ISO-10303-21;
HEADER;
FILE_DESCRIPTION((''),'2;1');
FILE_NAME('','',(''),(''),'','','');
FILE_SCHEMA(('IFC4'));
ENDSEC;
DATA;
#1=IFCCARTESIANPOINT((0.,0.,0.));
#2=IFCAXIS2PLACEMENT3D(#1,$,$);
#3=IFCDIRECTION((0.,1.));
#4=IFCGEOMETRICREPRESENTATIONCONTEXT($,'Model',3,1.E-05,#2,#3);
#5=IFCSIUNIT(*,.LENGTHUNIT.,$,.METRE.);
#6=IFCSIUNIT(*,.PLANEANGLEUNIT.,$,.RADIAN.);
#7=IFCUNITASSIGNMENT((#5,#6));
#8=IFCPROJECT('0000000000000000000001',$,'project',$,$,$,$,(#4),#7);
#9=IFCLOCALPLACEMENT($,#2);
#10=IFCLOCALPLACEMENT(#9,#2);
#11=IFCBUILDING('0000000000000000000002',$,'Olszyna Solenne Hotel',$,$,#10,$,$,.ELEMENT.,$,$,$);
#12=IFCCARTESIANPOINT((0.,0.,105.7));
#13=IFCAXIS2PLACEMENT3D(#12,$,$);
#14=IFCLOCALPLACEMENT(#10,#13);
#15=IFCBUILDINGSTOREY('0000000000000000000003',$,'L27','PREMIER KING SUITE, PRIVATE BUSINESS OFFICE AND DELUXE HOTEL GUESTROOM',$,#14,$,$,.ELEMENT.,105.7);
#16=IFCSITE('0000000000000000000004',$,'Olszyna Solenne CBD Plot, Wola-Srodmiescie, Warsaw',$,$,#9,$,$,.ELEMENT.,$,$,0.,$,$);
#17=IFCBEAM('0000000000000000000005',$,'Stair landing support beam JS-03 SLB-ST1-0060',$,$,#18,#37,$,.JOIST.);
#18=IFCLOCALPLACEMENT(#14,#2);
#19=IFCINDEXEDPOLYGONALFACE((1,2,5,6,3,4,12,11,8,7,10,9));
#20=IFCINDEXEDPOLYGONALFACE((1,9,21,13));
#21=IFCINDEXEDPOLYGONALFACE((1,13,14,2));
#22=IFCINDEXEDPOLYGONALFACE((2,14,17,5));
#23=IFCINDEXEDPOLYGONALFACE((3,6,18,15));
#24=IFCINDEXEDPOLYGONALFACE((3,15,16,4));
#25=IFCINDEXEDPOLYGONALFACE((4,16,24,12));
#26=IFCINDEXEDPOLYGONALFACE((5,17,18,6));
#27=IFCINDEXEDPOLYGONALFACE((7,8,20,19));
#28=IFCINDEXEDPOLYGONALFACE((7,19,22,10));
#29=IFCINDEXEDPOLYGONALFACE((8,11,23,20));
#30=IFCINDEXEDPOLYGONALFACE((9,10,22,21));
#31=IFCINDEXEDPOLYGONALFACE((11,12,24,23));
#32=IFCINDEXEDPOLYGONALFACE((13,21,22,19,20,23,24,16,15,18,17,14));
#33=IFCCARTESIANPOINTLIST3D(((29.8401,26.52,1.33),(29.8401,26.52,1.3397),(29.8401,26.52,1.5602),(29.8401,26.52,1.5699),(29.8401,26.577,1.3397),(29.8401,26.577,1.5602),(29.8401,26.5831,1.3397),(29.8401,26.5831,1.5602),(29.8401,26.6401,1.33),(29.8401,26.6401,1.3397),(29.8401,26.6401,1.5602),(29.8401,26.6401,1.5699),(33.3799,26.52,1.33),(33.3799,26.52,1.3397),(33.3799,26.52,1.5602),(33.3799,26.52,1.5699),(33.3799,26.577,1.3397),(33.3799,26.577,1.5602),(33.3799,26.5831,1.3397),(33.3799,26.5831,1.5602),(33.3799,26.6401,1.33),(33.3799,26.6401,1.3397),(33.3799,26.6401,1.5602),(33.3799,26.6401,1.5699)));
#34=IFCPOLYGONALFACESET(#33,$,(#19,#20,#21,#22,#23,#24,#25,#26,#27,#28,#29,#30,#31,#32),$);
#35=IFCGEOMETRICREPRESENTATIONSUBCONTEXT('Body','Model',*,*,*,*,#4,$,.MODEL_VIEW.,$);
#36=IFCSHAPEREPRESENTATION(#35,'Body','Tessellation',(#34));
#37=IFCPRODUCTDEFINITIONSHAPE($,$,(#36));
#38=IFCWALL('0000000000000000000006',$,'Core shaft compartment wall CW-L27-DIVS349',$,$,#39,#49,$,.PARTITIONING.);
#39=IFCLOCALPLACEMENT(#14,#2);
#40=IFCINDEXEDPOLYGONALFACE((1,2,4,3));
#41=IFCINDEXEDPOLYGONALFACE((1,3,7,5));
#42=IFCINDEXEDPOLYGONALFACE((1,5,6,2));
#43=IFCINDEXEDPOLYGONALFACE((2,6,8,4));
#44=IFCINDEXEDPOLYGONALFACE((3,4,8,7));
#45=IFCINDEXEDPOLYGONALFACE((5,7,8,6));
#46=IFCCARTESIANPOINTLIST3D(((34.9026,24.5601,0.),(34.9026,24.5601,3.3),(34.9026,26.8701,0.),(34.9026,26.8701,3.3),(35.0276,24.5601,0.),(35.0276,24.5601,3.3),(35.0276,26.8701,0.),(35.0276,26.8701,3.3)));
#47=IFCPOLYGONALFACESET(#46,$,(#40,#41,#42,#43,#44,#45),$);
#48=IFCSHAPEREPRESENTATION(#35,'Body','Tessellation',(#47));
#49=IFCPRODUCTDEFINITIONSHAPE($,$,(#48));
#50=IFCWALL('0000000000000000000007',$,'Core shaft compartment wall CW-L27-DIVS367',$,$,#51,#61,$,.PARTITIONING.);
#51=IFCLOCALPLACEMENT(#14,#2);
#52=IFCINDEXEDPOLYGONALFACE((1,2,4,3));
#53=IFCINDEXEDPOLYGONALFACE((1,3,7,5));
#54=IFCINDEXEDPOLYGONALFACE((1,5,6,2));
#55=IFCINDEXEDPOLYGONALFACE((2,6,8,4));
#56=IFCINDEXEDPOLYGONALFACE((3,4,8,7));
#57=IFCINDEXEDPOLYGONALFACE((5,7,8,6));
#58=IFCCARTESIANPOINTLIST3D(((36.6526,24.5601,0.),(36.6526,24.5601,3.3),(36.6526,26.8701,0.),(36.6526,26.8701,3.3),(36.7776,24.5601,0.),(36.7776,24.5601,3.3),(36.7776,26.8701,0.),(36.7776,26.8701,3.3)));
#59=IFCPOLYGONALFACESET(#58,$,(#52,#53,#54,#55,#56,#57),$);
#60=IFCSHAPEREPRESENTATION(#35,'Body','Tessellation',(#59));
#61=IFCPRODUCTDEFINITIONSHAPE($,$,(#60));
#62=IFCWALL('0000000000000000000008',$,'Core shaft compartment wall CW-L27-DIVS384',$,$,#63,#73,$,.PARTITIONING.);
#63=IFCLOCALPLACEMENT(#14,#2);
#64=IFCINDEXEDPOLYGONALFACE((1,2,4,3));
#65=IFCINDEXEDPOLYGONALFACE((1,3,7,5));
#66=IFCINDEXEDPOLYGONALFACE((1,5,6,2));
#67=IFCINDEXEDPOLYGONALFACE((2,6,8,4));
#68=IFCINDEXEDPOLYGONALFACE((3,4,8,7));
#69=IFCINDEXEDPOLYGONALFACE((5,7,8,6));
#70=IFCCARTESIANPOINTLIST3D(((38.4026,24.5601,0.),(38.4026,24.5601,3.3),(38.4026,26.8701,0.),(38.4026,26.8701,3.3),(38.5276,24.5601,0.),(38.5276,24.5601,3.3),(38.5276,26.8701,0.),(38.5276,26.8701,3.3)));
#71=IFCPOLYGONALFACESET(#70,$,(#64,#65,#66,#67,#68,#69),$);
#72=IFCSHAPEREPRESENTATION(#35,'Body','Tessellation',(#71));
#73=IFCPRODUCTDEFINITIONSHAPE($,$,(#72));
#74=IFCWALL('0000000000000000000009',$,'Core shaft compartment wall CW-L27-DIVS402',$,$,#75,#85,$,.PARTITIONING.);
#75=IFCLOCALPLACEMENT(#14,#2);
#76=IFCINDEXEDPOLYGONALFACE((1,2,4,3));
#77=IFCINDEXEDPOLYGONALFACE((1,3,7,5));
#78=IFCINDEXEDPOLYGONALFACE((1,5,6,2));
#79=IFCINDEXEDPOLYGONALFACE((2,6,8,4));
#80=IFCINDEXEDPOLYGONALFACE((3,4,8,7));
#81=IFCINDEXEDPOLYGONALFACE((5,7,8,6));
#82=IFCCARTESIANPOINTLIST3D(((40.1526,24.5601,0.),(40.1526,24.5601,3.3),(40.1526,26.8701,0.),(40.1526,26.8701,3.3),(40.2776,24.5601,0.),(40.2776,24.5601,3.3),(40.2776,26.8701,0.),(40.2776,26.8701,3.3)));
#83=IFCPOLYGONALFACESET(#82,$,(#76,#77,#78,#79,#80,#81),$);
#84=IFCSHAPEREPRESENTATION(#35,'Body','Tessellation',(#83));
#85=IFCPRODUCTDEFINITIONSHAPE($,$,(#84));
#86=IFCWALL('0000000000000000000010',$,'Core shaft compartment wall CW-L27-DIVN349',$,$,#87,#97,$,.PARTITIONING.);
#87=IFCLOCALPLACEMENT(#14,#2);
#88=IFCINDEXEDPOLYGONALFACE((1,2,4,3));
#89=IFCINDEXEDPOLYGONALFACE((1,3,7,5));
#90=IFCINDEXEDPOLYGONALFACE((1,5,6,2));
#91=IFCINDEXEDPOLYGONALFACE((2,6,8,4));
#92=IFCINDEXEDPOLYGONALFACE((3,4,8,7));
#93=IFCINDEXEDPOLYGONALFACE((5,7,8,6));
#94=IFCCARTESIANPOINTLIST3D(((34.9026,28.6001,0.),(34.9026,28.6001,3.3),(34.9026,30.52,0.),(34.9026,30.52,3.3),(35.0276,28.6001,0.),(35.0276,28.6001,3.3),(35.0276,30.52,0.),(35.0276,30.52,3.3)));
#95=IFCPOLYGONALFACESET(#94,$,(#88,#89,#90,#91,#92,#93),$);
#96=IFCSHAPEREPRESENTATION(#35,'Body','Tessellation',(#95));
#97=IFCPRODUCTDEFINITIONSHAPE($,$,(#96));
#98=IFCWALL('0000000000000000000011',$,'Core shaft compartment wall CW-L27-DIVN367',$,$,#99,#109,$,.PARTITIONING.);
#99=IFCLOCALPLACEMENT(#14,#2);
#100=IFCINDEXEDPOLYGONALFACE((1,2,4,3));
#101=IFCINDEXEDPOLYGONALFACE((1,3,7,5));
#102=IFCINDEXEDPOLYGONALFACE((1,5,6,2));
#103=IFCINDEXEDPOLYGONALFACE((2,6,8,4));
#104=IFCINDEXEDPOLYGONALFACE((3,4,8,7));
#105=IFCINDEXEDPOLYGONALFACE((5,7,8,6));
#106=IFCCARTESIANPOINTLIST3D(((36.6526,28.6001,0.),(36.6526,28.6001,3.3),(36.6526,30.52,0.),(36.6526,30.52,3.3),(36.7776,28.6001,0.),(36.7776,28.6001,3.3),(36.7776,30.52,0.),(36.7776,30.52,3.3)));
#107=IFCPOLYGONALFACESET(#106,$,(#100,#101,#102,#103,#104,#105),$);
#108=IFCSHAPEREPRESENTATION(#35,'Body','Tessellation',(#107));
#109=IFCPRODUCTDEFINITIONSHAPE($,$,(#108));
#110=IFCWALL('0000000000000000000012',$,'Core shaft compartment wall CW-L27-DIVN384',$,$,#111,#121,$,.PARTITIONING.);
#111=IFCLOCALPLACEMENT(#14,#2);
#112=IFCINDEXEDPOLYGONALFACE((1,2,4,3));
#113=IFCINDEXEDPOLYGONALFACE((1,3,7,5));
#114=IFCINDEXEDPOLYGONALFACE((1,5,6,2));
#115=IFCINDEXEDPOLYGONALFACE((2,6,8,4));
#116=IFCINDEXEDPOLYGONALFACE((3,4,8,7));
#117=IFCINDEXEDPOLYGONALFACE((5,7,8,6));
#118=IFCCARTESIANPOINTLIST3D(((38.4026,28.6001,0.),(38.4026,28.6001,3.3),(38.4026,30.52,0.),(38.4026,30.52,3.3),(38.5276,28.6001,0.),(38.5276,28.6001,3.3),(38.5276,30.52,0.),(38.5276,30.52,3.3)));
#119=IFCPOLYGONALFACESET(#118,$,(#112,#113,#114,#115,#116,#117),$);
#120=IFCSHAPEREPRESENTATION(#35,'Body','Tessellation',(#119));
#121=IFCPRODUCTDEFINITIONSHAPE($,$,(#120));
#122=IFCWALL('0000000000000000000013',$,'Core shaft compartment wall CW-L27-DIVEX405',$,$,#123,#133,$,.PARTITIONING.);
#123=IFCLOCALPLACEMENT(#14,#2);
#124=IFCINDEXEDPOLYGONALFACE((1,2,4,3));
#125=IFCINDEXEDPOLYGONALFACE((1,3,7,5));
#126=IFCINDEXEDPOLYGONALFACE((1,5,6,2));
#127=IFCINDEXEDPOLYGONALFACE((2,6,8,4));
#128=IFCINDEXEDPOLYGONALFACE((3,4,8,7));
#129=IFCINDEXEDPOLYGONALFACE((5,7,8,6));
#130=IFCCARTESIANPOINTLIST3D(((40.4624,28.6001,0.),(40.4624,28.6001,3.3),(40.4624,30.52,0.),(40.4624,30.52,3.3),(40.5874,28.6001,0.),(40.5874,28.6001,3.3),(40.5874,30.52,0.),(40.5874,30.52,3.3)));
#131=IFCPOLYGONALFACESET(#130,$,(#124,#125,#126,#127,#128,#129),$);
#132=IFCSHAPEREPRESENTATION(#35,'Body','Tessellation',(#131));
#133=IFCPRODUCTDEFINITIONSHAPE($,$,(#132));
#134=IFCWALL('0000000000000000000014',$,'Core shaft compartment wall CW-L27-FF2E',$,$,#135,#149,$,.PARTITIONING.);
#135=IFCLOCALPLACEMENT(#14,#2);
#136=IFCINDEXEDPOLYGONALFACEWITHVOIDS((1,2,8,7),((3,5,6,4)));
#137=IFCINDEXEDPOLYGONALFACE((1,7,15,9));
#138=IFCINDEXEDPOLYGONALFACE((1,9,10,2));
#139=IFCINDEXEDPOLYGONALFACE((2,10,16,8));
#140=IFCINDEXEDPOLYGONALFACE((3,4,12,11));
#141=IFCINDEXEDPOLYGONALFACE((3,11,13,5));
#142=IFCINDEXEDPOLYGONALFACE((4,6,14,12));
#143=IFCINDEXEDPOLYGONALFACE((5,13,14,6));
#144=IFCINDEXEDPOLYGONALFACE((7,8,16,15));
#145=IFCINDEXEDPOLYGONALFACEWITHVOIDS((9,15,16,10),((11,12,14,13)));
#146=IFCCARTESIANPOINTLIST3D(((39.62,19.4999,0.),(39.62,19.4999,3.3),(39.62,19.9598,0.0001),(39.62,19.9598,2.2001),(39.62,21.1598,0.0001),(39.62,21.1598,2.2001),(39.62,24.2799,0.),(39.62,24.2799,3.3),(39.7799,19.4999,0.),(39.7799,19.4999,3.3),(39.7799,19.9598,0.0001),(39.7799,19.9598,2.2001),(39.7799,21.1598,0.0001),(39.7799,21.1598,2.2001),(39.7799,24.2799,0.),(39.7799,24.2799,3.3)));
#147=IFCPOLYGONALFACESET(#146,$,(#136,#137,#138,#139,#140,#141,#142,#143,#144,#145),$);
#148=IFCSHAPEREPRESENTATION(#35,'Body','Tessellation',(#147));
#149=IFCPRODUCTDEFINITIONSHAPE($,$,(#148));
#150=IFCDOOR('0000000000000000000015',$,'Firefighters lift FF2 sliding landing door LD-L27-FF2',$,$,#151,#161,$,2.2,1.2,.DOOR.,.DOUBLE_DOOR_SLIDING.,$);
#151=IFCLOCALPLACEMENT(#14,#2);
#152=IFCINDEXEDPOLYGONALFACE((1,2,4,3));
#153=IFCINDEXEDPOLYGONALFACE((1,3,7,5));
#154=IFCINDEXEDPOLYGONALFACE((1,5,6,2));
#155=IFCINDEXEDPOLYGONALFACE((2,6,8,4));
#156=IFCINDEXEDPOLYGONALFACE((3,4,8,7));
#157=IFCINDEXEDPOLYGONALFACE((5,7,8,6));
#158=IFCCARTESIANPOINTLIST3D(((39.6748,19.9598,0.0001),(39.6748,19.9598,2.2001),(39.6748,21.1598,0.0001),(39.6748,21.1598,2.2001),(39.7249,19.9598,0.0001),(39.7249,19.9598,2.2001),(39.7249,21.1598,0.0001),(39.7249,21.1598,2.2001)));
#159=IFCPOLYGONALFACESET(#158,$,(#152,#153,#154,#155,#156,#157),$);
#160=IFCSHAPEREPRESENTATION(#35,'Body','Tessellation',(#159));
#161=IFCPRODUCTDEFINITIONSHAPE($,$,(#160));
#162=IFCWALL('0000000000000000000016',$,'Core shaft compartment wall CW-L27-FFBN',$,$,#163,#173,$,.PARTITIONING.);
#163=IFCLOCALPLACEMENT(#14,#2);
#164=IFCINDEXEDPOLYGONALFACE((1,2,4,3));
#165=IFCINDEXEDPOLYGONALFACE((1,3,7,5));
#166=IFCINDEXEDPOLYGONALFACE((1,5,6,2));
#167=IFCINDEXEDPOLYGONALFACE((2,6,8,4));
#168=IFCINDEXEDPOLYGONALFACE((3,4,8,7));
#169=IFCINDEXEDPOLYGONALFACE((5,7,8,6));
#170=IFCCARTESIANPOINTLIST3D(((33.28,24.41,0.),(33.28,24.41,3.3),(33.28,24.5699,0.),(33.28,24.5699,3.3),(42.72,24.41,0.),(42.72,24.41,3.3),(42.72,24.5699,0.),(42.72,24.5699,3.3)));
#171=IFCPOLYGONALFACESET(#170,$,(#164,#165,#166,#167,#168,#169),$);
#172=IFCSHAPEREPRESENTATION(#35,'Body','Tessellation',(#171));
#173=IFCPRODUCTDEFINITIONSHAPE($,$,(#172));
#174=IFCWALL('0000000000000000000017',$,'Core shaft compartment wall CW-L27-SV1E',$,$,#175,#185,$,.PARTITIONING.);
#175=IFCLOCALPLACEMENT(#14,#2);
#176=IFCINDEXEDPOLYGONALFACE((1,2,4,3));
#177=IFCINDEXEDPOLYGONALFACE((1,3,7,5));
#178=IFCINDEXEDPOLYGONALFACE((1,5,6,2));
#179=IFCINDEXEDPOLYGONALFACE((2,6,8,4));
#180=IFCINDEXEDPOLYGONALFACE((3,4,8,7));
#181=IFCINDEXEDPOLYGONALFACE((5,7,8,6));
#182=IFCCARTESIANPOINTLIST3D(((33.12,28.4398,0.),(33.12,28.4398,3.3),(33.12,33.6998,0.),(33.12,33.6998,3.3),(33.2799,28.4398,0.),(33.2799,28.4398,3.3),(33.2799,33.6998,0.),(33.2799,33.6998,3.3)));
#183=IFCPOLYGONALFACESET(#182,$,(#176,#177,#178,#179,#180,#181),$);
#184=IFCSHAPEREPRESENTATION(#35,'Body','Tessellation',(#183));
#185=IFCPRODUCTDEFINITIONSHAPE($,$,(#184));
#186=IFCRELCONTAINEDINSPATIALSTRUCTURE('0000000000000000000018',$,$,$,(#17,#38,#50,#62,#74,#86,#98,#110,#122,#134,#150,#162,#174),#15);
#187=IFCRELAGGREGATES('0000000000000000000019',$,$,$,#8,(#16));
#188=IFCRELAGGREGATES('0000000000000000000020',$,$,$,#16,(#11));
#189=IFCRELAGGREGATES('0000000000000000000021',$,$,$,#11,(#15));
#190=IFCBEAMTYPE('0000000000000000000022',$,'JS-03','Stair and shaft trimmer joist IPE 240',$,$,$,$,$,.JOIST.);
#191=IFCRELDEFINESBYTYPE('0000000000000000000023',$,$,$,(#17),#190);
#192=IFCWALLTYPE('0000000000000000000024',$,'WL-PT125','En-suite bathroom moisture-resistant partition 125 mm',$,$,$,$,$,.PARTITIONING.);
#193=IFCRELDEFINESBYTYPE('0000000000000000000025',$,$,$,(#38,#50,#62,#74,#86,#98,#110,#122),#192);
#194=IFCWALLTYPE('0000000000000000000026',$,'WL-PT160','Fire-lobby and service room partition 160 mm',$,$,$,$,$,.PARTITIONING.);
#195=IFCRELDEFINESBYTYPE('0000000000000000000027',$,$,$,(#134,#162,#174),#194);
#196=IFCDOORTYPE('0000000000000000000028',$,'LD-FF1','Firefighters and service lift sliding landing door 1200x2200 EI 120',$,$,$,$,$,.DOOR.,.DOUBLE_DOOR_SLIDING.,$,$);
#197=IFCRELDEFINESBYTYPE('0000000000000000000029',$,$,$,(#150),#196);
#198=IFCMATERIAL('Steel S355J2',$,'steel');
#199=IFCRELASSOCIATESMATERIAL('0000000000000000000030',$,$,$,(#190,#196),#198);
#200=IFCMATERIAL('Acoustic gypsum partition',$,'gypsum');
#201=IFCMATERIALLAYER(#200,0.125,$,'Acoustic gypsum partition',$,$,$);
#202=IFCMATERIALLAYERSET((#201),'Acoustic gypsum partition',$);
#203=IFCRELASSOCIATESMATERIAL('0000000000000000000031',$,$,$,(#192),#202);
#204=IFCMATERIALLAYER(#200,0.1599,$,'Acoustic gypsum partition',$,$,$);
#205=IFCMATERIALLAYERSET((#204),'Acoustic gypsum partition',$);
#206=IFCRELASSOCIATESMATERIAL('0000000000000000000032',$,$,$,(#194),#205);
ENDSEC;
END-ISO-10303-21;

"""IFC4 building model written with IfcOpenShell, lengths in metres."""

from ifc_helpers import new_model, si_unit, direction, frame, frame_2d, origin, origin_2d, place, context, subcontext, project, spatial, rectangle, i_section, extrude, source, transform, mapped, material, layer, layer_set, material_profile, profile_set, type_object, type_shapes, element, fill, save


model = new_model("IFC4")

# Units and contexts
model_context = context("Model", 3, precision=1e-05, world=origin(), true_north=direction((0.0, 1.0)))
body_context = subcontext(model_context, "Body", "Model", "MODEL_VIEW")
ifc_project = project(units=[si_unit("LENGTHUNIT", "METRE"), si_unit("PLANEANGLEUNIT", "RADIAN")], contexts=[model_context])

# Site, building, storey
site_placement = place(None, origin())
site = spatial("IfcSite", under=ifc_project, at=site_placement, Name="Olszyna Solenne CBD Plot, Wola-Srodmiescie, Warsaw", CompositionType="ELEMENT", RefElevation=0.0)
building_placement = place(site_placement, origin())
building = spatial("IfcBuilding", under=site, at=building_placement, Name="Olszyna Solenne Hotel", CompositionType="ELEMENT")
storey_placement = place(building_placement, frame((0.0, 0.0, 105.7)))
storey = spatial("IfcBuildingStorey", under=building, at=storey_placement, Name="L27", Description="PREMIER KING SUITE, PRIVATE BUSINESS OFFICE AND DELUXE HOTEL GUESTROOM", CompositionType="ELEMENT", Elevation=105.7)

# Beam
ifc_material_1 = material(Name="Steel S355J2", Category="steel")
ifc_material_profile = material_profile(ifc_material_1, i_section(OverallWidth=0.1201, OverallDepth=0.24, WebThickness=0.0061, FlangeThickness=0.0098, at=origin_2d()), Name="IPE 240", Category="load-bearing")
ifc_profile_set = profile_set([ifc_material_profile], Name="Steel S355J2")
beam_type = type_object("IfcBeamType", Name="JS-03", Description="Stair and shaft trimmer joist IPE 240", PredefinedType="JOIST", material=ifc_profile_set)
shared_shape_1 = source(origin(), body_context, "Body", "SweptSolid", [
    extrude(i_section(OverallWidth=0.1201, OverallDepth=0.24, WebThickness=0.0061, FlangeThickness=0.0098, at=origin_2d()), origin(), (0.0, 0.0, 1.0), 3.5398),
])
beam_placement = place(storey_placement, frame((33.3799, 26.5801, 1.45), z_axis=(-1.0, 0.0, 0.0), x_axis=(0.0, -1.0, 0.0)))
element("IfcBeam", 1, at=beam_placement, inside=storey, type_object=beam_type, Name="Stair landing support beam JS-03 SLB-ST1-0060", PredefinedType="JOIST", context=body_context, shape_type="MappedRepresentation", body=[
    mapped(shared_shape_1, transform((0.0, 0.0, 0.0), x_axis=(1.0, 0.0, 0.0), y_axis=(0.0, 1.0, 0.0), z_axis=(0.0, 0.0, 1.0), scale=1.0)),
])

# Walls
ifc_material_2 = material(Name="Acoustic gypsum partition", Category="gypsum")
ifc_layer_1 = layer(ifc_material_2, 0.125, Name="Acoustic gypsum partition")
ifc_layer_set_1 = layer_set([ifc_layer_1], Name="Acoustic gypsum partition")
wall_type_1 = type_object("IfcWallType", Name="WL-PT125", Description="En-suite bathroom moisture-resistant partition 125 mm", PredefinedType="PARTITIONING", material=ifc_layer_set_1)
for number, where, z_axis, x_axis, name in (
    (2, (34.9651, 24.5601, 0.0), (0.0, 0.0, 1.0), (0.0, 1.0, 0.0), "Core shaft compartment wall CW-L27-DIVS349"),
    (3, (36.7151, 24.5601, 0.0), (0.0, 0.0, 1.0), (0.0, 1.0, 0.0), "Core shaft compartment wall CW-L27-DIVS367"),
    (4, (38.4651, 24.5601, 0.0), (0.0, 0.0, 1.0), (0.0, 1.0, 0.0), "Core shaft compartment wall CW-L27-DIVS384"),
    (5, (40.2151, 24.5601, 0.0), (0.0, 0.0, 1.0), (0.0, 1.0, 0.0), "Core shaft compartment wall CW-L27-DIVS402"),
):
    element("IfcWall", number, at=place(storey_placement, frame(where, z_axis=z_axis, x_axis=x_axis)), inside=storey, type_object=wall_type_1, Name=name, PredefinedType="PARTITIONING", context=body_context, shape_type="SweptSolid", body=[
        extrude(rectangle(XDim=2.3101, YDim=0.125, at=frame_2d((1.155, 0.0))), origin(), (0.0, 0.0, 1.0), 3.3),
    ])
for number, where, z_axis, x_axis, name in (
    (6, (34.9651, 28.6001, 0.0), (0.0, 0.0, 1.0), (0.0, 1.0, 0.0), "Core shaft compartment wall CW-L27-DIVN349"),
    (7, (36.7151, 28.6001, 0.0), (0.0, 0.0, 1.0), (0.0, 1.0, 0.0), "Core shaft compartment wall CW-L27-DIVN367"),
    (8, (38.4651, 28.6001, 0.0), (0.0, 0.0, 1.0), (0.0, 1.0, 0.0), "Core shaft compartment wall CW-L27-DIVN384"),
    (9, (40.5249, 28.6001, 0.0), (0.0, 0.0, 1.0), (0.0, 1.0, 0.0), "Core shaft compartment wall CW-L27-DIVEX405"),
):
    element("IfcWall", number, at=place(storey_placement, frame(where, z_axis=z_axis, x_axis=x_axis)), inside=storey, type_object=wall_type_1, Name=name, PredefinedType="PARTITIONING", context=body_context, shape_type="SweptSolid", body=[
        extrude(rectangle(XDim=1.9199, YDim=0.125, at=frame_2d((0.96, 0.0))), origin(), (0.0, 0.0, 1.0), 3.3),
    ])

# Wall, opening, door
ifc_layer_2 = layer(ifc_material_2, 0.1599, Name="Acoustic gypsum partition")
ifc_layer_set_2 = layer_set([ifc_layer_2], Name="Acoustic gypsum partition")
wall_type_2 = type_object("IfcWallType", Name="WL-PT160", Description="Fire-lobby and service room partition 160 mm", PredefinedType="PARTITIONING", material=ifc_layer_set_2)
wall_1_placement = place(storey_placement, frame((39.7, 24.28, 0.0), z_axis=(0.0, 0.0, 1.0), x_axis=(0.0, -1.0, 0.0)))
wall_1 = element("IfcWall", 10, at=wall_1_placement, inside=storey, type_object=wall_type_2, Name="Core shaft compartment wall CW-L27-FF2E", PredefinedType="PARTITIONING", context=body_context, shape_type="SweptSolid", body=[
    extrude(rectangle(XDim=4.78, YDim=0.1599, at=frame_2d((2.3901, 0.0))), origin(), (0.0, 0.0, 1.0), 3.3),
])
opening_1_placement = place(wall_1_placement, frame((3.1201, 0.0, 0.0)))
opening_1 = element("IfcOpeningElement", 11, at=opening_1_placement, cuts=wall_1, PredefinedType="OPENING", context=body_context, shape_type="SweptSolid", body=[
    extrude(rectangle(XDim=1.2, YDim=2.2, at=frame_2d((0.6001, 1.1001))), frame((0.0, 0.0898, 0.0), z_axis=(0.0, -1.0, 0.0), x_axis=(1.0, 0.0, 0.0)), (0.0, 0.0, 1.0), 0.1799),
])
door_type_1 = type_object("IfcDoorType", Name="LD-FF1", Description="Firefighters and service lift sliding landing door 1200x2200 EI 120", OperationType="DOUBLE_DOOR_SLIDING", PredefinedType="DOOR", material=ifc_material_1)
shared_shape_2 = source(origin(), body_context, "Body", "SweptSolid", [
    extrude(rectangle(XDim=1.2, YDim=2.2, at=frame_2d((0.6001, 1.1001))), frame((0.0, 0.0249, 0.0), z_axis=(0.0, -1.0, 0.0), x_axis=(1.0, 0.0, 0.0)), (0.0, 0.0, 1.0), 0.05),
])
type_shapes(door_type_1, [shared_shape_2])
door_1_placement = place(opening_1_placement, origin())
door_1 = element("IfcDoor", 12, at=door_1_placement, inside=storey, type_object=door_type_1, Name="Firefighters lift FF2 sliding landing door LD-L27-FF2", OperationType="DOUBLE_DOOR_SLIDING", OverallHeight=2.2, OverallWidth=1.2, PredefinedType="DOOR", context=body_context, shape_type="MappedRepresentation", body=[
    mapped(shared_shape_2, transform((0.0, 0.0, 0.0), x_axis=(1.0, 0.0, 0.0), y_axis=(0.0, 1.0, 0.0), z_axis=(0.0, 0.0, 1.0), scale=1.0)),
])
fill(opening_1, door_1)

# Walls
wall_2_placement = place(storey_placement, frame((33.28, 24.49, 0.0), z_axis=(0.0, 0.0, 1.0), x_axis=(1.0, 0.0, 0.0)))
element("IfcWall", 13, at=wall_2_placement, inside=storey, type_object=wall_type_2, Name="Core shaft compartment wall CW-L27-FFBN", PredefinedType="PARTITIONING", context=body_context, shape_type="SweptSolid", body=[
    extrude(rectangle(XDim=9.4399, YDim=0.1599, at=frame_2d((4.72, 0.0))), origin(), (0.0, 0.0, 1.0), 3.3),
])
wall_3_placement = place(storey_placement, frame((33.2, 28.4399, 0.0), z_axis=(0.0, 0.0, 1.0), x_axis=(0.0, 1.0, 0.0)))
element("IfcWall", 14, at=wall_3_placement, inside=storey, type_object=wall_type_2, Name="Core shaft compartment wall CW-L27-SV1E", PredefinedType="PARTITIONING", context=body_context, shape_type="SweptSolid", body=[
    extrude(rectangle(XDim=5.26, YDim=0.1599, at=frame_2d((2.6299, 0.0))), origin(), (0.0, 0.0, 1.0), 3.3),
])

save(model, "model.ifc")
